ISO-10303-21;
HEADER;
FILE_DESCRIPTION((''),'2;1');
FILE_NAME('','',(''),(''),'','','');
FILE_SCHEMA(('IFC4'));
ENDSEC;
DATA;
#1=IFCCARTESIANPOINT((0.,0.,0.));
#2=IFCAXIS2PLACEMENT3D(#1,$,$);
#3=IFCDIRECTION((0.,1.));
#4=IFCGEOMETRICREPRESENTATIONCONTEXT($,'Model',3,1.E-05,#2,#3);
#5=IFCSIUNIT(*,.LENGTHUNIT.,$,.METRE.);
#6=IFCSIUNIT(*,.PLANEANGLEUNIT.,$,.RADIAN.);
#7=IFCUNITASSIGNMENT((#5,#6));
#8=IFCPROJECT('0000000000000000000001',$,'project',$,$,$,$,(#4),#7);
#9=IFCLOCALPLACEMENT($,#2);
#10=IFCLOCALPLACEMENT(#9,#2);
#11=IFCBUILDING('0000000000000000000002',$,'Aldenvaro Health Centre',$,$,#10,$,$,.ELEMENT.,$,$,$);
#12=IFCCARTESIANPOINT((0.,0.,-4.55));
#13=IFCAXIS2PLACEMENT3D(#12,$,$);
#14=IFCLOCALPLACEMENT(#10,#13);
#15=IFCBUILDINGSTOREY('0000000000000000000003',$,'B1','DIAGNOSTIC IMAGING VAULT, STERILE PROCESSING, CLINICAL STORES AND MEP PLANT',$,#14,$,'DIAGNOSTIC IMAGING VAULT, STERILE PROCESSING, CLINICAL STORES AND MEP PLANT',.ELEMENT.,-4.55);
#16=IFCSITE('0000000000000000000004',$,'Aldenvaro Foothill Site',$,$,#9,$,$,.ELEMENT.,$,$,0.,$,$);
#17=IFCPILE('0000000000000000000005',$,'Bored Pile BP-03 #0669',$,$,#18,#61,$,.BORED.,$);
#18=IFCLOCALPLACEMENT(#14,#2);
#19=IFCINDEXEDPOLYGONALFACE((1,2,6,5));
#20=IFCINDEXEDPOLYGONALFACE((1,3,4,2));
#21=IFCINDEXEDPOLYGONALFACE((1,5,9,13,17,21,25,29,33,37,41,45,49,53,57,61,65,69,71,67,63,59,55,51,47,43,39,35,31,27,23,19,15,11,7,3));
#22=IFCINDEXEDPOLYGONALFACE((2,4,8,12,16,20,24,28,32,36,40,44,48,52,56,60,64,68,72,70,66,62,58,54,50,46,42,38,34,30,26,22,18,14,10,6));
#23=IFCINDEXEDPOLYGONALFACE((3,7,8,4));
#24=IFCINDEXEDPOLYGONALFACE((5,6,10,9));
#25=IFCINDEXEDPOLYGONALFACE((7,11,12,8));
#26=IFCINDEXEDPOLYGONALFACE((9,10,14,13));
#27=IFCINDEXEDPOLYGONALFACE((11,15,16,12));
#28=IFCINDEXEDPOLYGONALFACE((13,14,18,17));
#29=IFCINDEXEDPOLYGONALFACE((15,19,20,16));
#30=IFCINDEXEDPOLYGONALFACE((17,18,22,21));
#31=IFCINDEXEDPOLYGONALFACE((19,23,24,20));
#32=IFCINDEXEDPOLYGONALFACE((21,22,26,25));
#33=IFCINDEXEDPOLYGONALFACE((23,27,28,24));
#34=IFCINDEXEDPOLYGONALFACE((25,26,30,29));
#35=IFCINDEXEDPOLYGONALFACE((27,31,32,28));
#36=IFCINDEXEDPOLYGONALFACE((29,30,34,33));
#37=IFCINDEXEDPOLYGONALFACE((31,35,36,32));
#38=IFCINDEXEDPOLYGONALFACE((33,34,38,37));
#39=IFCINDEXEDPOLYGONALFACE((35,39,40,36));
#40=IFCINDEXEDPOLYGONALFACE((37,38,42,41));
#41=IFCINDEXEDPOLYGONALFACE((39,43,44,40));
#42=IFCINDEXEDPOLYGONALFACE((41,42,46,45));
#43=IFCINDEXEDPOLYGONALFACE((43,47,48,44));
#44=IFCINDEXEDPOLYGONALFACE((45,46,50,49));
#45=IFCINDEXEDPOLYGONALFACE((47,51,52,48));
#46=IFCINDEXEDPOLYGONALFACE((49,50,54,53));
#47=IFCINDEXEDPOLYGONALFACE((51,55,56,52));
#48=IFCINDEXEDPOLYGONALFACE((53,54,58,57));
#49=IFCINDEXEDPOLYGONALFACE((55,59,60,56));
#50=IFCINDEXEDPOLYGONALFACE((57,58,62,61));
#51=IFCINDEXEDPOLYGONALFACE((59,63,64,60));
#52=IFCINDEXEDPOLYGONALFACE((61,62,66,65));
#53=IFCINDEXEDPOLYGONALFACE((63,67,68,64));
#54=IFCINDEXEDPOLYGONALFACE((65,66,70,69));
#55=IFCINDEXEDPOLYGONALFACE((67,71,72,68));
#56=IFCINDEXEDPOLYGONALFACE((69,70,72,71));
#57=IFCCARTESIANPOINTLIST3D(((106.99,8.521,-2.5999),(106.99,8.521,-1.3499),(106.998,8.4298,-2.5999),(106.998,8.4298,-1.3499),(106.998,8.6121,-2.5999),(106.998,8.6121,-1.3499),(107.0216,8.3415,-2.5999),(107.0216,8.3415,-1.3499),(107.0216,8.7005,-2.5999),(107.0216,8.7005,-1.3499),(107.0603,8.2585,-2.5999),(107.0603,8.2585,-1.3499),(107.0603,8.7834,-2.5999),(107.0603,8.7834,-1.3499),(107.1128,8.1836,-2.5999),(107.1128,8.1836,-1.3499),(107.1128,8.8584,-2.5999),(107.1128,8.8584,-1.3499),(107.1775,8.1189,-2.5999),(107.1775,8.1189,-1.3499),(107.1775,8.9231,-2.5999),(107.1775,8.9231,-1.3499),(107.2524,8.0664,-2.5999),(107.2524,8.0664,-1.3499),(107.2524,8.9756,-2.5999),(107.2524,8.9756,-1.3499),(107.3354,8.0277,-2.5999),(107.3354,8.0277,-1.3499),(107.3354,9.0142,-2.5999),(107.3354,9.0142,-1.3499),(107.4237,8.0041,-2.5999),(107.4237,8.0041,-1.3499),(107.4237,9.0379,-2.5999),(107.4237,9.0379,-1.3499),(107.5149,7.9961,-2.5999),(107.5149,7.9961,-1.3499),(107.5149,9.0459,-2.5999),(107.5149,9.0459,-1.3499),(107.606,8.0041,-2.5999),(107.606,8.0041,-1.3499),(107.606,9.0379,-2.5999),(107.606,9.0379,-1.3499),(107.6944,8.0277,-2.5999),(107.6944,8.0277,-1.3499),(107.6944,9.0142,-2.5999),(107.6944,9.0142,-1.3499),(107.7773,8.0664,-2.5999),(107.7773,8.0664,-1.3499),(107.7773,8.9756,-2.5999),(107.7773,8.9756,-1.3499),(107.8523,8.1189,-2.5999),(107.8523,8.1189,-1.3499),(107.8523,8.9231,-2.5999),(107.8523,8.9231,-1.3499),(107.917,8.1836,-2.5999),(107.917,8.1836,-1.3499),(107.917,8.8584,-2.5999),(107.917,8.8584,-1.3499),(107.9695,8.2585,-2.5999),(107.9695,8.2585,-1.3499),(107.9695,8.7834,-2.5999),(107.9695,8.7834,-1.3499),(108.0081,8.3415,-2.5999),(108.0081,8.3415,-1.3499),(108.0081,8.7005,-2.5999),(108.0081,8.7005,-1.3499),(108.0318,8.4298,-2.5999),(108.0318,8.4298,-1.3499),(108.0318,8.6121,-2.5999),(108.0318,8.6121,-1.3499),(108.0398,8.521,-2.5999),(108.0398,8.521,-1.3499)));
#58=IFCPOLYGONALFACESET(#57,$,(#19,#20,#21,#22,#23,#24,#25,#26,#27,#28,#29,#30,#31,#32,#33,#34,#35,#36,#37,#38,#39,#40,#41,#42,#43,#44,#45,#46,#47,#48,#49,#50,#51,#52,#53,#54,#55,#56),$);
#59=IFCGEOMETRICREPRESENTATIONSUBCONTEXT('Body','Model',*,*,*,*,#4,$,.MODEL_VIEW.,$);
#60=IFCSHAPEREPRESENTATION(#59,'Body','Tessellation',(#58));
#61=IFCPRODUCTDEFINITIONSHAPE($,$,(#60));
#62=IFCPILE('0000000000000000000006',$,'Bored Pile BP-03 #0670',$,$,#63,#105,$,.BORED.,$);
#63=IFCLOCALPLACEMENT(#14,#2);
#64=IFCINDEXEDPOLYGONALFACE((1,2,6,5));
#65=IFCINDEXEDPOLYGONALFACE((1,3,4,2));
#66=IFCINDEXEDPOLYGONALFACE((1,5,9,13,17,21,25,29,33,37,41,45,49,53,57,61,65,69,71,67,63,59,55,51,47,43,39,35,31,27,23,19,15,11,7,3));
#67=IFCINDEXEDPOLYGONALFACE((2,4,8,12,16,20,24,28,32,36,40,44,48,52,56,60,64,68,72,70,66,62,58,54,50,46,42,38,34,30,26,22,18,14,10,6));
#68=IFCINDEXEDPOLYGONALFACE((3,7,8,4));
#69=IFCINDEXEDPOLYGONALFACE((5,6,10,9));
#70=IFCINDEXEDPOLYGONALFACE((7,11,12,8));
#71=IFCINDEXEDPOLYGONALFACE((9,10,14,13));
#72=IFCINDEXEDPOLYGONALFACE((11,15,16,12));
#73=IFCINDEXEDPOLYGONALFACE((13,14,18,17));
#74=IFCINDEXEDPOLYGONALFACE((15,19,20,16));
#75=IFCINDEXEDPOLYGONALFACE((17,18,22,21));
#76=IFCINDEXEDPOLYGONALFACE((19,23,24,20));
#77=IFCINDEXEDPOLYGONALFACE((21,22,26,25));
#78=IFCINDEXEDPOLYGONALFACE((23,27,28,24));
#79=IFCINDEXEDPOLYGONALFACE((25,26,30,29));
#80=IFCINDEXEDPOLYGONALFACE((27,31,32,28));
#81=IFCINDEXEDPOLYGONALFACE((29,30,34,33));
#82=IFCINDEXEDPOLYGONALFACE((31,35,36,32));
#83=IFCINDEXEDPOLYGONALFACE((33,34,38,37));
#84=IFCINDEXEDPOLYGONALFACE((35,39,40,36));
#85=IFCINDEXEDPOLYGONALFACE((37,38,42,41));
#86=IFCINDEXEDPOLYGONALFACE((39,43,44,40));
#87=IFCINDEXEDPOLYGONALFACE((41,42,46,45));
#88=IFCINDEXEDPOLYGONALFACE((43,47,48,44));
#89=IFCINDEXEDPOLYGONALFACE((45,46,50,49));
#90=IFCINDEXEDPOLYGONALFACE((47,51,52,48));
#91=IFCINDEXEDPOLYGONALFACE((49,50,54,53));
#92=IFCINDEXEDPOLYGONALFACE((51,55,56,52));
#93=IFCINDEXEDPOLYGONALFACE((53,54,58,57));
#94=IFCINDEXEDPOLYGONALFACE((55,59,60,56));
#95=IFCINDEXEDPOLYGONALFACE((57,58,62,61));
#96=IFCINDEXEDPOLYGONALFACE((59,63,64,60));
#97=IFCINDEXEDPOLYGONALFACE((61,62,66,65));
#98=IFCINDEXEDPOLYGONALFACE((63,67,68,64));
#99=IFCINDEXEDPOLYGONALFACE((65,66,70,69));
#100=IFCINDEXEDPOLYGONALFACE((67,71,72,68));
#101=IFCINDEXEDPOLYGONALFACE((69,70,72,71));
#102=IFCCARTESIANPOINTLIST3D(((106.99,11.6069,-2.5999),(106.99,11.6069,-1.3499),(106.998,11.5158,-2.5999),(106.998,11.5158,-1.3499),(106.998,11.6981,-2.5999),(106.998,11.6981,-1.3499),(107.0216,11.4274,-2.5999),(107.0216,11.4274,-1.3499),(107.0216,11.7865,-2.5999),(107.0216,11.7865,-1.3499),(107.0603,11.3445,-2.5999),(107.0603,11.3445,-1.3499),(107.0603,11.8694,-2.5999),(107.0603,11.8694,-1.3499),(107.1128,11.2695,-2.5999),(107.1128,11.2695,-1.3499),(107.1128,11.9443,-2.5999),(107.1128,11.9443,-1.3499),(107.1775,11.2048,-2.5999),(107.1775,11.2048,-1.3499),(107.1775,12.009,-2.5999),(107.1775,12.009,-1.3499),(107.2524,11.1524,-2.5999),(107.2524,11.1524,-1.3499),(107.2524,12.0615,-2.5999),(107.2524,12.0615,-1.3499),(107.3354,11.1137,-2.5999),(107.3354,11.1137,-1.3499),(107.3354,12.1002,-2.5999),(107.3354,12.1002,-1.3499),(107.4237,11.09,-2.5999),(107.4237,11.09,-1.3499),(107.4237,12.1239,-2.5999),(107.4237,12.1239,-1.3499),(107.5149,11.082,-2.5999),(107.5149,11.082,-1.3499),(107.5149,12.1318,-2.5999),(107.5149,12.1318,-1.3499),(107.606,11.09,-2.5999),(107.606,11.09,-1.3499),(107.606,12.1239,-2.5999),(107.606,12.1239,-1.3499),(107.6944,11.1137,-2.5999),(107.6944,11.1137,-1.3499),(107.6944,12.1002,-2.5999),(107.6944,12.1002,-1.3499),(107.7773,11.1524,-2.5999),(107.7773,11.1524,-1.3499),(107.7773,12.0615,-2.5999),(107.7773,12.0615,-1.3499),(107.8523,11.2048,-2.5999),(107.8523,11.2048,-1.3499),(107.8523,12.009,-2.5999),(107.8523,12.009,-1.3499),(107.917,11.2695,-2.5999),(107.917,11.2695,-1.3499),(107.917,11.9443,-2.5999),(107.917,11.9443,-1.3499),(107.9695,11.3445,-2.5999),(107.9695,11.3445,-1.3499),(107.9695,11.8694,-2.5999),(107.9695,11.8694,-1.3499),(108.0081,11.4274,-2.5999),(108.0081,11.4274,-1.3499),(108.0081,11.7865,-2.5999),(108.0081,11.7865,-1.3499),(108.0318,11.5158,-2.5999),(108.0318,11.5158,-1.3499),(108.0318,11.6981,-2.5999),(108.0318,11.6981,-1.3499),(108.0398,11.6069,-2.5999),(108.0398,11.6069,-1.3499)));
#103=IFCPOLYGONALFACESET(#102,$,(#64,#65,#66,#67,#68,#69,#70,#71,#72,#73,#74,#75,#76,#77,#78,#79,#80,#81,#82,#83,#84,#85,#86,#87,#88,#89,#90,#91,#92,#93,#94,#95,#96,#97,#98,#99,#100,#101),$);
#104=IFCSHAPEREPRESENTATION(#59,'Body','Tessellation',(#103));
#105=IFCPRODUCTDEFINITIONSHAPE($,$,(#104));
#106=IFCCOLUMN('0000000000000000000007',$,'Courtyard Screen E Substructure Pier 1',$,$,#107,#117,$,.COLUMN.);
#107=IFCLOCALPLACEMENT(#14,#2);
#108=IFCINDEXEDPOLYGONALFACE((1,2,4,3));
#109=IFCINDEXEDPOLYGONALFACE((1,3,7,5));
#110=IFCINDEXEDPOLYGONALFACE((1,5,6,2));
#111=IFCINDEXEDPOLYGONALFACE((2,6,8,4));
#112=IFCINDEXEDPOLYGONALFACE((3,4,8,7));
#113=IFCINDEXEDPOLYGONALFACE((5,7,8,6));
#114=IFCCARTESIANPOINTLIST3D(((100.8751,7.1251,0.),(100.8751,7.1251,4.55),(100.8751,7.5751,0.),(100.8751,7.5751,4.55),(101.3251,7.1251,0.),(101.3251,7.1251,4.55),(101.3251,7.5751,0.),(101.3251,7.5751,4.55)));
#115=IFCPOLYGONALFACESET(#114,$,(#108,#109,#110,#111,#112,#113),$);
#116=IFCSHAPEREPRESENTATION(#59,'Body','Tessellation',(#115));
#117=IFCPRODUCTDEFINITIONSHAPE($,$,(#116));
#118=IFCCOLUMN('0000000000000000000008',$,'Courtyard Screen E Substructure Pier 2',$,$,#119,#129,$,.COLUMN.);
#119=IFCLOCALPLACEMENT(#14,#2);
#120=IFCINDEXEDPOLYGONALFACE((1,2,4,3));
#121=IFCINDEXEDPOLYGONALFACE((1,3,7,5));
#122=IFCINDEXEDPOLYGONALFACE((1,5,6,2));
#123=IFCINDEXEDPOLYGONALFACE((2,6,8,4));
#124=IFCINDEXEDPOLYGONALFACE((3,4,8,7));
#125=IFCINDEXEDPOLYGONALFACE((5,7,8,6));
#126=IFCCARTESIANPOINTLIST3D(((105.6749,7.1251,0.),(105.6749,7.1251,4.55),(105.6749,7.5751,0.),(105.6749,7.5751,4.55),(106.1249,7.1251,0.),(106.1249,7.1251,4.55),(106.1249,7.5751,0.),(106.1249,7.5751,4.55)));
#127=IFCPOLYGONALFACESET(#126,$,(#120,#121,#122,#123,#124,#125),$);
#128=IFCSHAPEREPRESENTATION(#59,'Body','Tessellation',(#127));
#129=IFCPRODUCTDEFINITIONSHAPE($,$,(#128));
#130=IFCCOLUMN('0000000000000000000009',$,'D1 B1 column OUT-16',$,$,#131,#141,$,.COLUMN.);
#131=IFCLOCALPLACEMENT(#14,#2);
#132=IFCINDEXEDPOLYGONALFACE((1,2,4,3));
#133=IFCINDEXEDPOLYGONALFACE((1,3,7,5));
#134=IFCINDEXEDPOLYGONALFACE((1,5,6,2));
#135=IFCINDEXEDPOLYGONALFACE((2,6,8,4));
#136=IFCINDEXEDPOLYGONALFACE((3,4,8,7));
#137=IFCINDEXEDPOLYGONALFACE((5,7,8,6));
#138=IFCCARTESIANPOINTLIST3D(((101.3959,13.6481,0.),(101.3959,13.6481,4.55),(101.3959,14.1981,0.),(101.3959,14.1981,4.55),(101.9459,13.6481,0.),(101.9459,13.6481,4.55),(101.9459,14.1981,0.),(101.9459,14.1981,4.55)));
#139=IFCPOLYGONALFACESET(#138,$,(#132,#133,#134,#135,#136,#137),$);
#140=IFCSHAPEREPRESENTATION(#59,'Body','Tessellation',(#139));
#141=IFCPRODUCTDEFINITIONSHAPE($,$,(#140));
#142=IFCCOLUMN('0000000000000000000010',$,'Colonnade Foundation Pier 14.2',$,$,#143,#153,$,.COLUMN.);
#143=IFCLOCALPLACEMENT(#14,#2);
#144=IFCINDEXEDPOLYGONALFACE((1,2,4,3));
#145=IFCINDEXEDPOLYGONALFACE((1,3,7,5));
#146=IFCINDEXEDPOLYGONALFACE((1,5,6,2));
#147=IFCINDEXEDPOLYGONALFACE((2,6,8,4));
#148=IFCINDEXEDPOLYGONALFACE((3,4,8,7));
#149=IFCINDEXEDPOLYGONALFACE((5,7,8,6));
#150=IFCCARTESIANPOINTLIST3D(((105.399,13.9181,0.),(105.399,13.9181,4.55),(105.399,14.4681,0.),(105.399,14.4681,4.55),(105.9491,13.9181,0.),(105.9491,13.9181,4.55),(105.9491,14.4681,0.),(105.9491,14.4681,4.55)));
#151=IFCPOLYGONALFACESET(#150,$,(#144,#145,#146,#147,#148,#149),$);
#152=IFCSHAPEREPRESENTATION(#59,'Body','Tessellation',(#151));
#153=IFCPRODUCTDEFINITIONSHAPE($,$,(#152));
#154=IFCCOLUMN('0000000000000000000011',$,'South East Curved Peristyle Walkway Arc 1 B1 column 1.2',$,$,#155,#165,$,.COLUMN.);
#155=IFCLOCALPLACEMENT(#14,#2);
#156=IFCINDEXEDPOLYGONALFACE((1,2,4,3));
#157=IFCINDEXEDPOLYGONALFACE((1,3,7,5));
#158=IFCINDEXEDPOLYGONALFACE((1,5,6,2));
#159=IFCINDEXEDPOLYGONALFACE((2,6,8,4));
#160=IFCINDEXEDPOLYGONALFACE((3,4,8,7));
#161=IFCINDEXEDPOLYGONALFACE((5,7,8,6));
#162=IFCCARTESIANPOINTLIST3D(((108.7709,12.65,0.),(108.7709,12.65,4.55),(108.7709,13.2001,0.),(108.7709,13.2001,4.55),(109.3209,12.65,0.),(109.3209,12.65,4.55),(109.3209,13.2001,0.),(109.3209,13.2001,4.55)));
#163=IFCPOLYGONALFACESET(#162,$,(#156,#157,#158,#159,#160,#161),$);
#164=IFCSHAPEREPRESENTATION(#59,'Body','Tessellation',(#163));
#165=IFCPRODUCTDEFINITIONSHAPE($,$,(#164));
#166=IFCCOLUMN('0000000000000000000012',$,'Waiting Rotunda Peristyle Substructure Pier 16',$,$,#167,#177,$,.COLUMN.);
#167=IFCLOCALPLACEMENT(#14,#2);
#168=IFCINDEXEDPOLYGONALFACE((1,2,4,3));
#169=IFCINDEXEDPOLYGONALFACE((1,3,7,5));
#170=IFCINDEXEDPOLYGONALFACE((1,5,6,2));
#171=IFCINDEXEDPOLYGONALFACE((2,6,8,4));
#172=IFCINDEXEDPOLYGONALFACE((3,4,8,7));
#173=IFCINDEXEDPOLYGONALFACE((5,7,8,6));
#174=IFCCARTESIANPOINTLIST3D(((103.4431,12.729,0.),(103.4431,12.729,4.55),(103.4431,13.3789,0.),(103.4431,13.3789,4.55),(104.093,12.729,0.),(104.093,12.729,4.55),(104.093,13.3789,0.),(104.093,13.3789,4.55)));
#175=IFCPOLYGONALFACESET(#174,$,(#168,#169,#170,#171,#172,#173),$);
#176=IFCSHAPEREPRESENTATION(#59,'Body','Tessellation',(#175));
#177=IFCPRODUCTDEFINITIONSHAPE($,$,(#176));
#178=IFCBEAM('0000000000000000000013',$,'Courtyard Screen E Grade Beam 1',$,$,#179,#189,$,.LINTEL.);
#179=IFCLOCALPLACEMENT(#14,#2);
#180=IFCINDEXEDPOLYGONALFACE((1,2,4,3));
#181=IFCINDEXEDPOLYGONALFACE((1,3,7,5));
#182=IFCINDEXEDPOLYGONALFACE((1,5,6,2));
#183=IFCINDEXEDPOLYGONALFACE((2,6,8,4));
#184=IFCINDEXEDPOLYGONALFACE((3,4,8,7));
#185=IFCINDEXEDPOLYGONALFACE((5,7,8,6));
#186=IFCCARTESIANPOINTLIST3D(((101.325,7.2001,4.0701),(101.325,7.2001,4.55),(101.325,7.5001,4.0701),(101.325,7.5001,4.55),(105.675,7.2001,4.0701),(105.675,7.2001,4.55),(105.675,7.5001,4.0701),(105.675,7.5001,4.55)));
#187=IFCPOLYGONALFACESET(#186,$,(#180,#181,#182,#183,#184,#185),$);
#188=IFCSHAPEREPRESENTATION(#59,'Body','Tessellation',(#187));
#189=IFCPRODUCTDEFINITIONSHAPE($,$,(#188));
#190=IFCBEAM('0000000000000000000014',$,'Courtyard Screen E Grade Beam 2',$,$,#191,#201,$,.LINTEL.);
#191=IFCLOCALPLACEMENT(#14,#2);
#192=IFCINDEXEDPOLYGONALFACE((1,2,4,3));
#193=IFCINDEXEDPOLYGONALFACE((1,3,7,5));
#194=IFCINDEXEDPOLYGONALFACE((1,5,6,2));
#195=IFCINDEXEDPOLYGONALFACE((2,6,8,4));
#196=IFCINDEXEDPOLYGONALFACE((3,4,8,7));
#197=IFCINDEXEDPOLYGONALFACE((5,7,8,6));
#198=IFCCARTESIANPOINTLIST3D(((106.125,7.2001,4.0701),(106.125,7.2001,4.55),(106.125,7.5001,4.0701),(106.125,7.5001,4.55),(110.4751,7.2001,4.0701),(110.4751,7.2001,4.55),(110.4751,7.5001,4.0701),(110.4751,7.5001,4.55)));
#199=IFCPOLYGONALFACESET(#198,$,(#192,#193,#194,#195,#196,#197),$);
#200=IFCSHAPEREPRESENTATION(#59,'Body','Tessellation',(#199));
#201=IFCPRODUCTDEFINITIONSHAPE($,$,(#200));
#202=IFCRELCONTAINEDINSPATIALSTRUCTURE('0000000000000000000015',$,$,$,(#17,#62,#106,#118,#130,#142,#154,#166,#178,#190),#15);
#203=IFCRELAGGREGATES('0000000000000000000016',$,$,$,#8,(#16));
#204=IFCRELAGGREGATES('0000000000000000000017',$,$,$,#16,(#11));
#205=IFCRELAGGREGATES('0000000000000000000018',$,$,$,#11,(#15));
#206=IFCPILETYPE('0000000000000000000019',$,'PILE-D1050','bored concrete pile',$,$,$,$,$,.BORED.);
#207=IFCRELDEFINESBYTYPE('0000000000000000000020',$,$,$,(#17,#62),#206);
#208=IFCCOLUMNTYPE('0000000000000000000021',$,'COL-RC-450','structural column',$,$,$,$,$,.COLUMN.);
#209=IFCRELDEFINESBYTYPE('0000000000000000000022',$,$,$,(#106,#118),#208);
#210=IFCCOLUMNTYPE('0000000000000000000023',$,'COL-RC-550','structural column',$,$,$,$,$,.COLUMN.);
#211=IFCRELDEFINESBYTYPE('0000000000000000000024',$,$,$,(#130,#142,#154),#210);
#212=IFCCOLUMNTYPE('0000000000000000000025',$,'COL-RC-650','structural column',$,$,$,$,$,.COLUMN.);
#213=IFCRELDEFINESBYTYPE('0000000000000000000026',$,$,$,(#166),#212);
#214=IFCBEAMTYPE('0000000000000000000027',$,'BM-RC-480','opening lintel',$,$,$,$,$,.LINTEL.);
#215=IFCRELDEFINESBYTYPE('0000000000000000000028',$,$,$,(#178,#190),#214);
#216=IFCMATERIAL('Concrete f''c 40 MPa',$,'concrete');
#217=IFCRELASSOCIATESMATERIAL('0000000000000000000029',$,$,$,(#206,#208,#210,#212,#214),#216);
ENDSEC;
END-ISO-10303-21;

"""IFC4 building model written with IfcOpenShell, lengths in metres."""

from ifc_helpers import new_model, si_unit, direction, frame, origin, origin_2d, place, context, subcontext, project, spatial, rectangle, circle, extrude, material, material_profile, profile_set, type_object, element, save


model = new_model("IFC4")

# Units and contexts
model_context = context("Model", 3, precision=1e-05, world=origin(), true_north=direction((0.0, 1.0)))
body_context = subcontext(model_context, "Body", "Model", "MODEL_VIEW")
ifc_project = project(units=[si_unit("LENGTHUNIT", "METRE"), si_unit("PLANEANGLEUNIT", "RADIAN")], contexts=[model_context])

# Site, building, storey
site_placement = place(None, origin())
site = spatial("IfcSite", under=ifc_project, at=site_placement, Name="Aldenvaro Foothill Site", CompositionType="ELEMENT", RefElevation=0.0)
building_placement = place(site_placement, origin())
building = spatial("IfcBuilding", under=site, at=building_placement, Name="Aldenvaro Health Centre", CompositionType="ELEMENT")
storey_placement = place(building_placement, frame((0.0, 0.0, -4.55)))
storey = spatial("IfcBuildingStorey", under=building, at=storey_placement, Name="B1", Description="DIAGNOSTIC IMAGING VAULT, STERILE PROCESSING, CLINICAL STORES AND MEP PLANT", LongName="DIAGNOSTIC IMAGING VAULT, STERILE PROCESSING, CLINICAL STORES AND MEP PLANT", CompositionType="ELEMENT", Elevation=-4.55)

# Piles
ifc_material_1 = material(Name="Concrete f'c 40 MPa", Category="concrete")
ifc_material_profile_1 = material_profile(ifc_material_1, circle(Radius=0.5249, at=origin_2d()), Name="PILE D1050", Category="concrete")
ifc_profile_set_1 = profile_set([ifc_material_profile_1], Name="Concrete f'c 40 MPa")
pile_type = type_object("IfcPileType", Name="PILE-D1050", Description="bored concrete pile", PredefinedType="BORED", material=ifc_profile_set_1)
for number, where, z_axis, x_axis, name in (
    (1, (107.5149, 8.521, -1.3499), (0.0, 0.0, -1.0), (1.0, 0.0, 0.0), "Bored Pile BP-03 #0669"),
    (2, (107.5149, 11.6069, -1.3499), (0.0, 0.0, -1.0), (1.0, 0.0, 0.0), "Bored Pile BP-03 #0670"),
):
    element("IfcPile", number, at=place(storey_placement, frame(where, z_axis=z_axis, x_axis=x_axis)), inside=storey, type_object=pile_type, Name=name, PredefinedType="BORED", context=body_context, shape_type="SweptSolid", body=[
        extrude(circle(Radius=0.5249, at=origin_2d()), origin(), (0.0, 0.0, 1.0), 1.25),
    ])

# Columns
ifc_material_profile_2 = material_profile(ifc_material_1, rectangle(XDim=0.45, YDim=0.45, at=origin_2d()), Name="RC 450x450", Category="concrete")
ifc_profile_set_2 = profile_set([ifc_material_profile_2], Name="Concrete f'c 40 MPa")
column_type_1 = type_object("IfcColumnType", Name="COL-RC-450", Description="structural column", PredefinedType="COLUMN", material=ifc_profile_set_2)
for number, where, z_axis, x_axis, name in (
    (3, (101.1001, 7.3501, 0.0), (0.0, 0.0, 1.0), (1.0, 0.0, 0.0), "Courtyard Screen E Substructure Pier 1"),
    (4, (105.8999, 7.3501, 0.0), (0.0, 0.0, 1.0), (1.0, 0.0, 0.0), "Courtyard Screen E Substructure Pier 2"),
):
    element("IfcColumn", number, at=place(storey_placement, frame(where, z_axis=z_axis, x_axis=x_axis)), inside=storey, type_object=column_type_1, Name=name, PredefinedType="COLUMN", context=body_context, shape_type="SweptSolid", body=[
        extrude(rectangle(XDim=0.45, YDim=0.45, at=origin_2d()), origin(), (0.0, 0.0, 1.0), 4.55),
    ])
ifc_material_profile_3 = material_profile(ifc_material_1, rectangle(XDim=0.55, YDim=0.55, at=origin_2d()), Name="RC 550x550", Category="concrete")
ifc_profile_set_3 = profile_set([ifc_material_profile_3], Name="Concrete f'c 40 MPa")
column_type_2 = type_object("IfcColumnType", Name="COL-RC-550", Description="structural column", PredefinedType="COLUMN", material=ifc_profile_set_3)
for number, where, z_axis, x_axis, name in (
    (5, (101.6709, 13.9231, 0.0), (0.0, 0.0, 1.0), (1.0, 0.0, 0.0), "D1 B1 column OUT-16"),
    (6, (105.6741, 14.1931, 0.0), (0.0, 0.0, 1.0), (1.0, 0.0, 0.0), "Colonnade Foundation Pier 14.2"),
    (7, (109.0459, 12.925, 0.0), (0.0, 0.0, 1.0), (1.0, 0.0, 0.0), "South East Curved Peristyle Walkway Arc 1 B1 column 1.2"),
):
    element("IfcColumn", number, at=place(storey_placement, frame(where, z_axis=z_axis, x_axis=x_axis)), inside=storey, type_object=column_type_2, Name=name, PredefinedType="COLUMN", context=body_context, shape_type="SweptSolid", body=[
        extrude(rectangle(XDim=0.55, YDim=0.55, at=origin_2d()), origin(), (0.0, 0.0, 1.0), 4.55),
    ])
ifc_material_profile_4 = material_profile(ifc_material_1, rectangle(XDim=0.6499, YDim=0.6499, at=origin_2d()), Name="RC 650x650", Category="concrete")
ifc_profile_set_4 = profile_set([ifc_material_profile_4], Name="Concrete f'c 40 MPa")
column_type_3 = type_object("IfcColumnType", Name="COL-RC-650", Description="structural column", PredefinedType="COLUMN", material=ifc_profile_set_4)
column_placement = place(storey_placement, frame((103.7681, 13.054, 0.0), z_axis=(0.0, 0.0, 1.0), x_axis=(1.0, 0.0, 0.0)))
element("IfcColumn", 8, at=column_placement, inside=storey, type_object=column_type_3, Name="Waiting Rotunda Peristyle Substructure Pier 16", PredefinedType="COLUMN", context=body_context, shape_type="SweptSolid", body=[
    extrude(rectangle(XDim=0.6499, YDim=0.6499, at=origin_2d()), origin(), (0.0, 0.0, 1.0), 4.55),
])

# Beams
ifc_material_profile_5 = material_profile(ifc_material_1, rectangle(XDim=0.3, YDim=0.48, at=origin_2d()), Name="RC 300x480", Category="concrete")
ifc_profile_set_5 = profile_set([ifc_material_profile_5], Name="Concrete f'c 40 MPa")
beam_type_1 = type_object("IfcBeamType", Name="BM-RC-480", Description="opening lintel", PredefinedType="LINTEL", material=ifc_profile_set_5)
for number, where, z_axis, x_axis, name in (
    (9, (101.325, 7.3501, 4.3101), (1.0, 0.0, 0.0), (0.0, 1.0, 0.0), "Courtyard Screen E Grade Beam 1"),
    (10, (106.125, 7.3501, 4.3101), (1.0, 0.0, 0.0), (0.0, 1.0, 0.0), "Courtyard Screen E Grade Beam 2"),
):
    element("IfcBeam", number, at=place(storey_placement, frame(where, z_axis=z_axis, x_axis=x_axis)), inside=storey, type_object=beam_type_1, Name=name, PredefinedType="LINTEL", context=body_context, shape_type="SweptSolid", body=[
        extrude(rectangle(XDim=0.3, YDim=0.48, at=origin_2d()), origin(), (0.0, 0.0, 1.0), 4.3501),
    ])

save(model, "model.ifc")
